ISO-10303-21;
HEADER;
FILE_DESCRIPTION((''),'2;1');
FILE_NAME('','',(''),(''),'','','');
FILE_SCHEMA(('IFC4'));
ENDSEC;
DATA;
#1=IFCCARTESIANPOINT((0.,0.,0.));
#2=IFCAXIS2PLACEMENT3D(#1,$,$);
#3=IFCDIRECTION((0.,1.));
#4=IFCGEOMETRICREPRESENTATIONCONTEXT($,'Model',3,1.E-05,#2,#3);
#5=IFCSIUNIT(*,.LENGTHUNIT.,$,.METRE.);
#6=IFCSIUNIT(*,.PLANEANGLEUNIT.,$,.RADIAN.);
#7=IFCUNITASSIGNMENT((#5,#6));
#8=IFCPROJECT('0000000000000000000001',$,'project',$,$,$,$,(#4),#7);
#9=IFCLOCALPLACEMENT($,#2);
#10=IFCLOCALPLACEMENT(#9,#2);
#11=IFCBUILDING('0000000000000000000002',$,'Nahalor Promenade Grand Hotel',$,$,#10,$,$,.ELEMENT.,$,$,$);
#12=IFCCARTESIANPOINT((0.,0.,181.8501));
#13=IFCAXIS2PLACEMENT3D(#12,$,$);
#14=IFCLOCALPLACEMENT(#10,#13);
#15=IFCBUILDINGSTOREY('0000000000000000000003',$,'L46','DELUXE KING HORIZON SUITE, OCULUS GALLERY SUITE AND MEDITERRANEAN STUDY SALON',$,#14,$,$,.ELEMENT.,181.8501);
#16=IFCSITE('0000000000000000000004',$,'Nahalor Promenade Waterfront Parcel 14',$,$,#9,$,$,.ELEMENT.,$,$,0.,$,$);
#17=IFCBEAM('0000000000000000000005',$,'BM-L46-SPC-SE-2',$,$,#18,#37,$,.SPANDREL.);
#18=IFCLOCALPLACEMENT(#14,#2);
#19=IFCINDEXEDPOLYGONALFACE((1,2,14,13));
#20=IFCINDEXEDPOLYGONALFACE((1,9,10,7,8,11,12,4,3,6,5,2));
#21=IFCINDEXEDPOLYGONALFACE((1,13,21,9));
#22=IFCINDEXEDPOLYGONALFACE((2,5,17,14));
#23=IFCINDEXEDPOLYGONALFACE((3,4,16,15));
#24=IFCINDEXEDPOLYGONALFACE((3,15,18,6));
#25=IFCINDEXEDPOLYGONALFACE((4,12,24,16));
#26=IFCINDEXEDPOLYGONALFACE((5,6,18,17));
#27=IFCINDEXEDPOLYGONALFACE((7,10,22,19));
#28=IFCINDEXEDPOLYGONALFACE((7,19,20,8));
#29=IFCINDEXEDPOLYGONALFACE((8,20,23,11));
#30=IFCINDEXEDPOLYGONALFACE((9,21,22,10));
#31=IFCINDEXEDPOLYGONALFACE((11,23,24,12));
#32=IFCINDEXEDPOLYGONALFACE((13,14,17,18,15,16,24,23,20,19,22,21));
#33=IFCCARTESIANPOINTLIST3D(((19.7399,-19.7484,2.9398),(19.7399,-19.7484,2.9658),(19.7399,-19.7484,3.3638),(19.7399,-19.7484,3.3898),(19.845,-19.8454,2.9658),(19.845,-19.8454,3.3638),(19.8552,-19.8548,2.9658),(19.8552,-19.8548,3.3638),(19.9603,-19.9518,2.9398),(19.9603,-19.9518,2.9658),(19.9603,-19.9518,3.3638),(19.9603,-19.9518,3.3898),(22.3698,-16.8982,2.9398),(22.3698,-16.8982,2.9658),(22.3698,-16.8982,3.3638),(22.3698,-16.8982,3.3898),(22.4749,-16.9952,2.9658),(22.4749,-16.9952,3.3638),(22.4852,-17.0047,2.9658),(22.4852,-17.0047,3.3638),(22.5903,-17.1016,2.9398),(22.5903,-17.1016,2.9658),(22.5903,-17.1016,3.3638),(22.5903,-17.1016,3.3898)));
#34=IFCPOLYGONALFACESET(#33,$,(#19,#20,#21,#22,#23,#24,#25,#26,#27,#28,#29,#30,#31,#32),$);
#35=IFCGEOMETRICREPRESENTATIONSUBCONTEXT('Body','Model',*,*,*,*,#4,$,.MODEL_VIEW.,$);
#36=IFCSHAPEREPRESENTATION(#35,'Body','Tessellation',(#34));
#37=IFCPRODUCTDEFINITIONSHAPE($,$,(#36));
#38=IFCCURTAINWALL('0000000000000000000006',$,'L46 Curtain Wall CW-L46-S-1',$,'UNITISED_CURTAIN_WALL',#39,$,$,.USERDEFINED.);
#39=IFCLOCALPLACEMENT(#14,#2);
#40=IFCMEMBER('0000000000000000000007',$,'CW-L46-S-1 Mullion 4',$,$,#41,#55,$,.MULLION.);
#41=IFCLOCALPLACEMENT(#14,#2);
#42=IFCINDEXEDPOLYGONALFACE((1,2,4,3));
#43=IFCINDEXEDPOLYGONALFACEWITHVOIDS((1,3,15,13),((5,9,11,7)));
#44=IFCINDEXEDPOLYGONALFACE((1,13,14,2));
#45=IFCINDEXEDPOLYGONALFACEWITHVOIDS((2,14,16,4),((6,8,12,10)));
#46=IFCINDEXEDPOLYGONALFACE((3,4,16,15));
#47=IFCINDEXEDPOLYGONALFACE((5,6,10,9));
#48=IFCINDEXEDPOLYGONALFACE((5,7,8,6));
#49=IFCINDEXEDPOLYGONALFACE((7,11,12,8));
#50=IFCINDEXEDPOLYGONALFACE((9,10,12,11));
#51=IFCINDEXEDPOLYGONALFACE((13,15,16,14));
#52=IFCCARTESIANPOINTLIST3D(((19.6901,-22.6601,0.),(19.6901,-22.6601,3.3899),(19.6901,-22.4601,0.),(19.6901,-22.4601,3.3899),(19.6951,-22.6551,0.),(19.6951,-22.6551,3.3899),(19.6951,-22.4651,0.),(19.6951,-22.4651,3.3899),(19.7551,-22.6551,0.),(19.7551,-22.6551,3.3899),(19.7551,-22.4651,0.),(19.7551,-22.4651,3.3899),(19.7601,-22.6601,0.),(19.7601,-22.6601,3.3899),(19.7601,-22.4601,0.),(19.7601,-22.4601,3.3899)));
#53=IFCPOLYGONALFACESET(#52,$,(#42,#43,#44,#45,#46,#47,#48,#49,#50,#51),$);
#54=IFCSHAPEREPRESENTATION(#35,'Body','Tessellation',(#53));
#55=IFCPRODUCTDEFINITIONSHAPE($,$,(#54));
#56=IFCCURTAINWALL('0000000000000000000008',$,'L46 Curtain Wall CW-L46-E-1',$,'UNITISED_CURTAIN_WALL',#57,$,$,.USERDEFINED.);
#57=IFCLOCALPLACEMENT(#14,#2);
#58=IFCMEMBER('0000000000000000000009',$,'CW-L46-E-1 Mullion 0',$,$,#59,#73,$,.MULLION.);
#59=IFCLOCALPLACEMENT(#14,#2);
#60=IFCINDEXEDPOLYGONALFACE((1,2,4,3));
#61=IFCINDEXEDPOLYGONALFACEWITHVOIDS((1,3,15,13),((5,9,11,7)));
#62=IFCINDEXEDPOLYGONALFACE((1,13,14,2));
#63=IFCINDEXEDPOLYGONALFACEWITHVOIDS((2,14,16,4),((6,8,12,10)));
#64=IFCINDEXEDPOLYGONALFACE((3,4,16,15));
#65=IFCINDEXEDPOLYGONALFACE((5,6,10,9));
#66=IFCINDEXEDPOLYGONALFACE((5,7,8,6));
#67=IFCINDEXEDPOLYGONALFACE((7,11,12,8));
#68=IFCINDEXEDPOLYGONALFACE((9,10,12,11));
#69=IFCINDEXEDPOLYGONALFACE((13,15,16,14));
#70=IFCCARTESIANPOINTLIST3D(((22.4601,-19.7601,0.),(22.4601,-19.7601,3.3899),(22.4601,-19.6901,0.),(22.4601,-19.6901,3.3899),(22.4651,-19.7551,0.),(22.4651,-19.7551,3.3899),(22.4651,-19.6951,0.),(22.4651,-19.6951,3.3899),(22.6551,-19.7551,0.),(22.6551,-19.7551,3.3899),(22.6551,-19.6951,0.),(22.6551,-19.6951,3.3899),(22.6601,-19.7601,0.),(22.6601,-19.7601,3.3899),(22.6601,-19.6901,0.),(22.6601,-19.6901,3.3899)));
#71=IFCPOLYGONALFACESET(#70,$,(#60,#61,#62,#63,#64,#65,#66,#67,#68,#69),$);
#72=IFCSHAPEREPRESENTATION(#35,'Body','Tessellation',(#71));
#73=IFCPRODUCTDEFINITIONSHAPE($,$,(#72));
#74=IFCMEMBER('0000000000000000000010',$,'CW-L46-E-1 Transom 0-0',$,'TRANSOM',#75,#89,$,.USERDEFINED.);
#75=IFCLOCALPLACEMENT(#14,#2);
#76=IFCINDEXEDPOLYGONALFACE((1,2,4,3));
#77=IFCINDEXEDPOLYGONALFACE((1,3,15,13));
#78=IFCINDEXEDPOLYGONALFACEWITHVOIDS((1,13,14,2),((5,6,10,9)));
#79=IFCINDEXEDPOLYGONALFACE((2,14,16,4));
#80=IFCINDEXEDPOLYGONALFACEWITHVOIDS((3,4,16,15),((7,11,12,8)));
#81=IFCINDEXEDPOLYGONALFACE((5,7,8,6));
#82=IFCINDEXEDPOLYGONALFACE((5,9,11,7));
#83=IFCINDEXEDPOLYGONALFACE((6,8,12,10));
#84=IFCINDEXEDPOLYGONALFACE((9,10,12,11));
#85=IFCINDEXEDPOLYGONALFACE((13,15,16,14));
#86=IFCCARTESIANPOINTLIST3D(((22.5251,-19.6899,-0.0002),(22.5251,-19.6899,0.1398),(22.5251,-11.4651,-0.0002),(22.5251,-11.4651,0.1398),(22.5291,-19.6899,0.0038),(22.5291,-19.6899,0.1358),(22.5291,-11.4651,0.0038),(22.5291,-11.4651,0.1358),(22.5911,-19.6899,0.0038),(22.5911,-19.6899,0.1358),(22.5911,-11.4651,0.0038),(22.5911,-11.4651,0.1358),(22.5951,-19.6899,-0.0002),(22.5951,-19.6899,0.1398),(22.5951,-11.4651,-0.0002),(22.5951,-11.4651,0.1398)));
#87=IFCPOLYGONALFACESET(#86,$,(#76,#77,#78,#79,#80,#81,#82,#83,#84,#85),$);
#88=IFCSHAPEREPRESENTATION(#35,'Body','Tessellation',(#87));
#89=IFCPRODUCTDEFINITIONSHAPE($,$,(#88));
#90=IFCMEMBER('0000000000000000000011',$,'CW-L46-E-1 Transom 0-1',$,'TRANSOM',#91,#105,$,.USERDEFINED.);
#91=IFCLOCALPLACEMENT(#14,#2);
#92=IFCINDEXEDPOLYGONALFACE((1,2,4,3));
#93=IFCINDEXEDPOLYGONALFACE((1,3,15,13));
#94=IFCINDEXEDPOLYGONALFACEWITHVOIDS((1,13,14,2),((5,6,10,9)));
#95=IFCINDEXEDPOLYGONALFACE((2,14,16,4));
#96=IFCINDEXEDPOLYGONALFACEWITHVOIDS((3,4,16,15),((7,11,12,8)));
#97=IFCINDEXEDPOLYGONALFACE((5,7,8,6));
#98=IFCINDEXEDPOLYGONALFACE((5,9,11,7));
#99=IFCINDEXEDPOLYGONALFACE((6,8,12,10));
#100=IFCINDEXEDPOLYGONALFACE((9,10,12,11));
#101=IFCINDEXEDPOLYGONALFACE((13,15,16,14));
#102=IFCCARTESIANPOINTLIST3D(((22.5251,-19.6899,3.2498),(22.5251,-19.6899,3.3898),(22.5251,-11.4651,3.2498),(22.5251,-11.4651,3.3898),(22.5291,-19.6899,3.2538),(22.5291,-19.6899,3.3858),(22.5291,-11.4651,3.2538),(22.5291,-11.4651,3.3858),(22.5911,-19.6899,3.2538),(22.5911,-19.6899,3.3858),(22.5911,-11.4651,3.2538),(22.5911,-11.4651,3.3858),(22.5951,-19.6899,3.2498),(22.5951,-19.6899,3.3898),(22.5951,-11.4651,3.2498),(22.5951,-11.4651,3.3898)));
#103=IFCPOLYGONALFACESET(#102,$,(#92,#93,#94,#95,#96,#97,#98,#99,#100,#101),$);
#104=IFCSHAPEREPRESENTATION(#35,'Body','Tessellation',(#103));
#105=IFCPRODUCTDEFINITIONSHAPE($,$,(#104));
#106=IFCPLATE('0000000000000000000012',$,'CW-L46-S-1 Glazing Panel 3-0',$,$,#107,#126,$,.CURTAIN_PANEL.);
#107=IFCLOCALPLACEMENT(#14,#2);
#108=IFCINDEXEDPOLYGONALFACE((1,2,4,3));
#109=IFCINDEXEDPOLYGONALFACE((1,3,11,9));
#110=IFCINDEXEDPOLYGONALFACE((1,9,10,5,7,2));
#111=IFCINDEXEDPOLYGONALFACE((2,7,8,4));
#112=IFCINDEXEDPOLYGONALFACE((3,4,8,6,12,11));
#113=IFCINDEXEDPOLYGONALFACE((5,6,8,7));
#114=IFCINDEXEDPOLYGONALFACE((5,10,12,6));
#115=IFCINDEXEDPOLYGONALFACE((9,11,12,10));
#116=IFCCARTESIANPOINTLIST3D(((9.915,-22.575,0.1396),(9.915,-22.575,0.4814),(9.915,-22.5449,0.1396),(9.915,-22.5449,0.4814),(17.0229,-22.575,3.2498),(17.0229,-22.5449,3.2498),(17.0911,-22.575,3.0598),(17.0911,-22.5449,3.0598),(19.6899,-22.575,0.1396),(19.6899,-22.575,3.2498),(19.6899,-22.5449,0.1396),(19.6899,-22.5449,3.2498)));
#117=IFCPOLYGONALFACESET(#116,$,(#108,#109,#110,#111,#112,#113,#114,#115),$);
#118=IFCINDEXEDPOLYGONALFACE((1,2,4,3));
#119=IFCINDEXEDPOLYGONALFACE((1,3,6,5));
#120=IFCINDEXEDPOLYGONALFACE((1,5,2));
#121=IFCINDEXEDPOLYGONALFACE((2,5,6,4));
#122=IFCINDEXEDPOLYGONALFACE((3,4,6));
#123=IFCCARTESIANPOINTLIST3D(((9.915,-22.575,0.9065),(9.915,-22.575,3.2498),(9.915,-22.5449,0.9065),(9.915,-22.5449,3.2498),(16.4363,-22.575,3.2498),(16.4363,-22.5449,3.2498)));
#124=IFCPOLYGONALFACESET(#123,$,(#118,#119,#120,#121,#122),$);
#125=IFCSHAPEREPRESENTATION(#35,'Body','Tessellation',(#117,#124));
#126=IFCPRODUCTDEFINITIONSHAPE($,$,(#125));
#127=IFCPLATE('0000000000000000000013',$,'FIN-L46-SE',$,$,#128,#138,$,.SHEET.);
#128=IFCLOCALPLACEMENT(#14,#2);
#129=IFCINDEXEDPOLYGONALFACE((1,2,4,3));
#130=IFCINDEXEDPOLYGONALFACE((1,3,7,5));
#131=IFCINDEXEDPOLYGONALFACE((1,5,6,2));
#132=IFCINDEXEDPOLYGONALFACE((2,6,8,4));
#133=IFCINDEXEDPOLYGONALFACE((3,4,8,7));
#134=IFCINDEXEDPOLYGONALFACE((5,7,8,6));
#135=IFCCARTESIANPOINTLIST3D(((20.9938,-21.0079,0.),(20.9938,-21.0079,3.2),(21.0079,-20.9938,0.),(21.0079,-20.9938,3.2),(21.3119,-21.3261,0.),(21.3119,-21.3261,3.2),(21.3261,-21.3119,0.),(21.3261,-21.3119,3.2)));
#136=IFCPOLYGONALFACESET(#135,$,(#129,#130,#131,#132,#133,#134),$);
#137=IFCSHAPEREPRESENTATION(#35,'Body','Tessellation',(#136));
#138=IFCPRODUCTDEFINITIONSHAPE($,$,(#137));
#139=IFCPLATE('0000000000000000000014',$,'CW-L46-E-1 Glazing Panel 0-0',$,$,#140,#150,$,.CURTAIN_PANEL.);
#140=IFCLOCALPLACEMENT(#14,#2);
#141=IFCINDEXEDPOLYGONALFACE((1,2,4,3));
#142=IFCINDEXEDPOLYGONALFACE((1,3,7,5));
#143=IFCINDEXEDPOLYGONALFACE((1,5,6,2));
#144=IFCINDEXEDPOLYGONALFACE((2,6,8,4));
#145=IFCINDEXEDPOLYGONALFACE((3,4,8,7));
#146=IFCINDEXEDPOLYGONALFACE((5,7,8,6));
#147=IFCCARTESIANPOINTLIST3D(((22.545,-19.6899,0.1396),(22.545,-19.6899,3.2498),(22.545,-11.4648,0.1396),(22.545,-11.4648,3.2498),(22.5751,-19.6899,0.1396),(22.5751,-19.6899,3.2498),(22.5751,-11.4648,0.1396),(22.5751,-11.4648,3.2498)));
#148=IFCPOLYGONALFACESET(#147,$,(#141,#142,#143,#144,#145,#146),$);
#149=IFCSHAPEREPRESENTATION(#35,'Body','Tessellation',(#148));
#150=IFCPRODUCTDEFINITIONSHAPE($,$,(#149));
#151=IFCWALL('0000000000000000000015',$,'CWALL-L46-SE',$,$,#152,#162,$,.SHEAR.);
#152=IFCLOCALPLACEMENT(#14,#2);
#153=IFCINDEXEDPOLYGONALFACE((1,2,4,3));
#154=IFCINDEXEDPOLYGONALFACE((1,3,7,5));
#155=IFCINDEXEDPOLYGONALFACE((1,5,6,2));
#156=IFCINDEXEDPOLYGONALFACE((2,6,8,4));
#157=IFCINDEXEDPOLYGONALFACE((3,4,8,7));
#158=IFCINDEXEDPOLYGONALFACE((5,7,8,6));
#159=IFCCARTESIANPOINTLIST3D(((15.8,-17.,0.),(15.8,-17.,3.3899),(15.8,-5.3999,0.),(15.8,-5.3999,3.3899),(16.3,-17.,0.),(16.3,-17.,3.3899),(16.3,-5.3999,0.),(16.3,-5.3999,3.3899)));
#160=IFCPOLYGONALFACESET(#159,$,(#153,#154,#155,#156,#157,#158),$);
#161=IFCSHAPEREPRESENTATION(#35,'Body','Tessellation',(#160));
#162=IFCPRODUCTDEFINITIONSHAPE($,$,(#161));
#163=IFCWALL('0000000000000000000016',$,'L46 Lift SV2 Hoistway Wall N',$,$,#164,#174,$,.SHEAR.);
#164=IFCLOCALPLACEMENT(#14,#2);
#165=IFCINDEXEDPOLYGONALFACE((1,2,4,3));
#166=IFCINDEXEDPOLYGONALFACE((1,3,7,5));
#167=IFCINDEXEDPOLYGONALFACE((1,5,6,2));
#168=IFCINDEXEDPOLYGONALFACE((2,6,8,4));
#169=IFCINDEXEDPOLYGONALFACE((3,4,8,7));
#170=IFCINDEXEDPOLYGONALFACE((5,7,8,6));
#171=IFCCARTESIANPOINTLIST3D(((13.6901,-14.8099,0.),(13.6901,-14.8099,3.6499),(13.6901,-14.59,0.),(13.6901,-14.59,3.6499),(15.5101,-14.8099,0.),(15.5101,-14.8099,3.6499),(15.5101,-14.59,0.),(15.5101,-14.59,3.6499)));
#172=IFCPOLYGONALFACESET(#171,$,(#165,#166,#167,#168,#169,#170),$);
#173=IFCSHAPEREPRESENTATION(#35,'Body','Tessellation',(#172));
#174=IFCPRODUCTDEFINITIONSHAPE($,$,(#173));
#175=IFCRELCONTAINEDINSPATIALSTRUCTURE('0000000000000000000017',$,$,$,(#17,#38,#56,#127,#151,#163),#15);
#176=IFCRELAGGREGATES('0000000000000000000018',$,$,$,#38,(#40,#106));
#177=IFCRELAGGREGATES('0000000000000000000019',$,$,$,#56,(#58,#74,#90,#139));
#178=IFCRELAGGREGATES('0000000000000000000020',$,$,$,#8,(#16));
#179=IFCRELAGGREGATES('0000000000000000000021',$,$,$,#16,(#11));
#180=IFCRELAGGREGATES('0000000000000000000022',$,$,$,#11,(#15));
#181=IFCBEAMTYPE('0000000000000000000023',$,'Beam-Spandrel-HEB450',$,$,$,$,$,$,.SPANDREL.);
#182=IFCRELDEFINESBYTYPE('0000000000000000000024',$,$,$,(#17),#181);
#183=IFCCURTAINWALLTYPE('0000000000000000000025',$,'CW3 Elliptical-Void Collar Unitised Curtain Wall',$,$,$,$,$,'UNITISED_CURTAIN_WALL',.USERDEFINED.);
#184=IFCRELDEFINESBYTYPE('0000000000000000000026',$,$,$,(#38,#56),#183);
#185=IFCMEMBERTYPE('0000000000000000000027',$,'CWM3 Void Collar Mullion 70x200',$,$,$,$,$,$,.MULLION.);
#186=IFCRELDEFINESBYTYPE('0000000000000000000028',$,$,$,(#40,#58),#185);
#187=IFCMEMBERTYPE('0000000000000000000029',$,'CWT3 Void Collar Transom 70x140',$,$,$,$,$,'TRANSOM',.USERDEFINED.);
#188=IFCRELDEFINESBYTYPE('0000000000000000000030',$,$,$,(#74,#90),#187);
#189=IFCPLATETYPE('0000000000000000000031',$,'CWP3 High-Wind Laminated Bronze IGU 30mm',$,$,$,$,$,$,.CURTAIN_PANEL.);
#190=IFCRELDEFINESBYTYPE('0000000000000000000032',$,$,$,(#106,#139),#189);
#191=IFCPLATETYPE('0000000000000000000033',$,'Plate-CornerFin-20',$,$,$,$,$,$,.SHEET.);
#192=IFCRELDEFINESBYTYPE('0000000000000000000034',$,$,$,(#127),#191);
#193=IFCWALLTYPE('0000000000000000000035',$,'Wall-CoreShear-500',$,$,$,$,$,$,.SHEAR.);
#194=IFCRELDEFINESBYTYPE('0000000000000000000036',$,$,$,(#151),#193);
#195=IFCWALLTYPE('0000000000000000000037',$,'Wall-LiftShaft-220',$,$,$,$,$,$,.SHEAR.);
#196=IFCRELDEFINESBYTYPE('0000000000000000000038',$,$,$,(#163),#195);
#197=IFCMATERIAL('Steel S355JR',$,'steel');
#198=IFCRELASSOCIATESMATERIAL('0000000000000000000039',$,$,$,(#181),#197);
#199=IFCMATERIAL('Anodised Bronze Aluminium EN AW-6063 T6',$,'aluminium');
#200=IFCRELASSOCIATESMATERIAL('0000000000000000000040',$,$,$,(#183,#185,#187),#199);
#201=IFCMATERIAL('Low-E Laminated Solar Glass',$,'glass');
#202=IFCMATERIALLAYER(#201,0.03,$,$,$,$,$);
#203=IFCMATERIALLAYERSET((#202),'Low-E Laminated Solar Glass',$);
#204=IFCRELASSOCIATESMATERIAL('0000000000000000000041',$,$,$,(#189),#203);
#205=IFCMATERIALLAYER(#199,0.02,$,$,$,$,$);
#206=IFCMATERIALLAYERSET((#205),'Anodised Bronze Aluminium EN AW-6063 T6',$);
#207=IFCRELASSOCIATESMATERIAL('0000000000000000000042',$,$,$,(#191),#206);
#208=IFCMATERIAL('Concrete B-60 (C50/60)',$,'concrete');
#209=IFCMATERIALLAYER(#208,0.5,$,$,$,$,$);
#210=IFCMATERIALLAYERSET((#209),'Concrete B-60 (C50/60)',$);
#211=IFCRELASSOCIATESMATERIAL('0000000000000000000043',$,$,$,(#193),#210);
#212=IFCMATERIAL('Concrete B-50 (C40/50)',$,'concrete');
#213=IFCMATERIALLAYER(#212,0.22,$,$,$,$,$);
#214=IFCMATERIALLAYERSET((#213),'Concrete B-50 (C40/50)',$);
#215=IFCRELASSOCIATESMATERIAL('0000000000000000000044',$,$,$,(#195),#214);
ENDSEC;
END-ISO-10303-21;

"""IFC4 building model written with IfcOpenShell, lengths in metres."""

from ifc_helpers import new_model, si_unit, direction, frame, frame_2d, origin, origin_2d, place, context, subcontext, project, spatial, polyline, rectangle, hollow_rectangle, i_section, outline, extrude, source, transform, mapped, material, layer, layer_set, material_profile, profile_set, type_object, element, aggregate, save


model = new_model("IFC4")

# Units and contexts
model_context = context("Model", 3, precision=1e-05, world=origin(), true_north=direction((0.0, 1.0)))
body_context = subcontext(model_context, "Body", "Model", "MODEL_VIEW")
ifc_project = project(units=[si_unit("LENGTHUNIT", "METRE"), si_unit("PLANEANGLEUNIT", "RADIAN")], contexts=[model_context])

# Site, building, storey
site_placement = place(None, origin())
site = spatial("IfcSite", under=ifc_project, at=site_placement, Name="Nahalor Promenade Waterfront Parcel 14", CompositionType="ELEMENT", RefElevation=0.0)
building_placement = place(site_placement, origin())
building = spatial("IfcBuilding", under=site, at=building_placement, Name="Nahalor Promenade Grand Hotel", CompositionType="ELEMENT")
storey_placement = place(building_placement, frame((0.0, 0.0, 181.8501)))
storey = spatial("IfcBuildingStorey", under=building, at=storey_placement, Name="L46", Description="DELUXE KING HORIZON SUITE, OCULUS GALLERY SUITE AND MEDITERRANEAN STUDY SALON", CompositionType="ELEMENT", Elevation=181.8501)

# Shared definitions
ifc_material_1 = material(Name="Concrete B-60 (C50/60)", Category="concrete")

# Beam
ifc_material_2 = material(Name="Steel S355JR", Category="steel")
ifc_material_profile_1 = material_profile(ifc_material_2, i_section(OverallWidth=0.3, OverallDepth=0.45, WebThickness=0.014, FlangeThickness=0.026, at=origin_2d()), Name="HEB 450")
ifc_profile_set_1 = profile_set([ifc_material_profile_1], Name="Steel S355JR")
beam_type_1 = type_object("IfcBeamType", Name="Beam-Spandrel-HEB450", PredefinedType="SPANDREL", material=ifc_profile_set_1)
shared_shape_1 = source(origin(), body_context, "Body", "SweptSolid", [
    extrude(i_section(OverallWidth=0.3, OverallDepth=0.45, WebThickness=0.014, FlangeThickness=0.026, at=origin_2d()), origin(), (0.0, 0.0, 1.0), 3.8782),
])
for number, where, z_axis, x_axis, name in (
    (1, (19.8501, -19.8501, 3.1648), (0.678144, 0.734929, 0.0), (-0.734929, 0.678144, 0.0), "BM-L46-SPC-SE-2"),
):
    element("IfcBeam", number, at=place(storey_placement, frame(where, z_axis=z_axis, x_axis=x_axis)), inside=storey, type_object=beam_type_1, Name=name, PredefinedType="SPANDREL", context=body_context, shape_type="MappedRepresentation", body=[
        mapped(shared_shape_1, transform((0.0, 0.0, 0.0), scale=1.0)),
    ])

# Curtain wall, member
ifc_material_3 = material(Name="Anodised Bronze Aluminium EN AW-6063 T6", Category="aluminium")
curtain_wall_type = type_object("IfcCurtainWallType", Name="CW3 Elliptical-Void Collar Unitised Curtain Wall", ElementType="UNITISED_CURTAIN_WALL", PredefinedType="USERDEFINED", material=ifc_material_3)
curtain_wall_1_placement = place(storey_placement, origin())
curtain_wall_1 = element("IfcCurtainWall", 2, at=curtain_wall_1_placement, inside=storey, type_object=curtain_wall_type, Name="L46 Curtain Wall CW-L46-S-1", ObjectType="UNITISED_CURTAIN_WALL", PredefinedType="USERDEFINED")
ifc_material_profile_2 = material_profile(ifc_material_3, hollow_rectangle(XDim=0.07, YDim=0.2, WallThickness=0.005, at=origin_2d()), Name="CWM 70x200x5")
ifc_profile_set_2 = profile_set([ifc_material_profile_2], Name="Anodised Bronze Aluminium EN AW-6063 T6")
member_type_1 = type_object("IfcMemberType", Name="CWM3 Void Collar Mullion 70x200", PredefinedType="MULLION", material=ifc_profile_set_2)
shared_shape_2 = source(origin(), body_context, "Body", "SweptSolid", [
    extrude(hollow_rectangle(XDim=0.07, YDim=0.2, WallThickness=0.005, at=origin_2d()), origin(), (0.0, 0.0, 1.0), 3.3899),
])
member_1_placement = place(storey_placement, frame((19.7251, -22.5601, 0.0), z_axis=(0.0, 0.0, 1.0), x_axis=(1.0, 0.0, 0.0)))
member_1 = element("IfcMember", 3, at=member_1_placement, type_object=member_type_1, Name="CW-L46-S-1 Mullion 4", PredefinedType="MULLION", context=body_context, shape_type="MappedRepresentation", body=[
    mapped(shared_shape_2, transform((0.0, 0.0, 0.0), scale=1.0)),
])

# Curtain wall, members
curtain_wall_2_placement = place(storey_placement, origin())
curtain_wall_2 = element("IfcCurtainWall", 4, at=curtain_wall_2_placement, inside=storey, type_object=curtain_wall_type, Name="L46 Curtain Wall CW-L46-E-1", ObjectType="UNITISED_CURTAIN_WALL", PredefinedType="USERDEFINED")
member_2_placement = place(storey_placement, frame((22.5601, -19.7251, 0.0), z_axis=(0.0, 0.0, 1.0), x_axis=(0.0, 1.0, 0.0)))
member_2 = element("IfcMember", 5, at=member_2_placement, type_object=member_type_1, Name="CW-L46-E-1 Mullion 0", PredefinedType="MULLION", context=body_context, shape_type="MappedRepresentation", body=[
    mapped(shared_shape_2, transform((0.0, 0.0, 0.0), scale=1.0)),
])
ifc_material_profile_3 = material_profile(ifc_material_3, hollow_rectangle(XDim=0.07, YDim=0.14, WallThickness=0.004, at=origin_2d()), Name="CWT 70x140x4")
ifc_profile_set_3 = profile_set([ifc_material_profile_3], Name="Anodised Bronze Aluminium EN AW-6063 T6")
member_type_2 = type_object("IfcMemberType", Name="CWT3 Void Collar Transom 70x140", ElementType="TRANSOM", PredefinedType="USERDEFINED", material=ifc_profile_set_3)
shared_shape_3 = source(origin(), body_context, "Body", "SweptSolid", [
    extrude(hollow_rectangle(XDim=0.07, YDim=0.14, WallThickness=0.004, at=origin_2d()), origin(), (0.0, 0.0, 1.0), 8.2249),
])
member_3_placement = place(storey_placement, frame((22.5601, -19.6899, 0.0698), z_axis=(0.0, 1.0, 0.0), x_axis=(-1.0, 0.0, 0.0)))
member_3 = element("IfcMember", 6, at=member_3_placement, type_object=member_type_2, Name="CW-L46-E-1 Transom 0-0", ObjectType="TRANSOM", PredefinedType="USERDEFINED", context=body_context, shape_type="MappedRepresentation", body=[
    mapped(shared_shape_3, transform((0.0, 0.0, 0.0), scale=1.0)),
])
member_4_placement = place(storey_placement, frame((22.5601, -19.6899, 3.3198), z_axis=(0.0, 1.0, 0.0), x_axis=(-1.0, 0.0, 0.0)))
member_4 = element("IfcMember", 7, at=member_4_placement, type_object=member_type_2, Name="CW-L46-E-1 Transom 0-1", ObjectType="TRANSOM", PredefinedType="USERDEFINED", context=body_context, shape_type="MappedRepresentation", body=[
    mapped(shared_shape_3, transform((0.0, 0.0, 0.0), scale=1.0)),
])

# Plates
ifc_material_4 = material(Name="Low-E Laminated Solar Glass", Category="glass")
ifc_layer_1 = layer(ifc_material_4, 0.03)
ifc_layer_set_1 = layer_set([ifc_layer_1], Name="Low-E Laminated Solar Glass")
plate_type_1 = type_object("IfcPlateType", Name="CWP3 High-Wind Laminated Bronze IGU 30mm", PredefinedType="CURTAIN_PANEL", material=ifc_layer_set_1)
plate_1_placement = place(storey_placement, frame((14.8025, -22.5601, 0.1396), z_axis=(0.0, 0.0, 1.0), x_axis=(1.0, 0.0, 0.0)))
plate_1 = element("IfcPlate", 8, at=plate_1_placement, type_object=plate_type_1, Name="CW-L46-S-1 Glazing Panel 3-0", PredefinedType="CURTAIN_PANEL", context=body_context, shape_type="SweptSolid", body=[
    extrude(outline(polyline([(4.8875, 0.0), (4.8875, 3.1101), (2.2205, 3.1101), (2.2886, 2.9202), (-4.8875, 0.3418), (-4.8875, 0.0), (4.8875, 0.0)])), frame((0.0, 0.0151, 0.0), z_axis=(0.0, -1.0, 0.0), x_axis=(1.0, 0.0, 0.0)), (0.0, 0.0, 1.0), 0.03),
    extrude(outline(polyline([(1.6338, 3.1101), (-4.8875, 3.1101), (-4.8875, 0.7668), (1.6338, 3.1101)])), frame((0.0, 0.0151, 0.0), z_axis=(0.0, -1.0, 0.0), x_axis=(1.0, 0.0, 0.0)), (0.0, 0.0, 1.0), 0.03),
])
aggregate(curtain_wall_1, [member_1, plate_1])
ifc_layer_2 = layer(ifc_material_3, 0.02)
ifc_layer_set_2 = layer_set([ifc_layer_2], Name="Anodised Bronze Aluminium EN AW-6063 T6")
plate_type_2 = type_object("IfcPlateType", Name="Plate-CornerFin-20", PredefinedType="SHEET", material=ifc_layer_set_2)
shared_shape_4 = source(origin(), body_context, "Body", "SweptSolid", [
    extrude(rectangle(XDim=0.45, YDim=0.02, at=origin_2d()), origin(), (0.0, 0.0, 1.0), 3.2),
])
plate_2_placement = place(storey_placement, frame((21.1599, -21.1599, 0.0), z_axis=(0.0, 0.0, 1.0), x_axis=(-0.707107, 0.707107, 0.0)))
element("IfcPlate", 9, at=plate_2_placement, inside=storey, type_object=plate_type_2, Name="FIN-L46-SE", PredefinedType="SHEET", context=body_context, shape_type="MappedRepresentation", body=[
    mapped(shared_shape_4, transform((0.0, 0.0, 0.0), scale=1.0)),
])
shared_shape_5 = source(origin(), body_context, "Body", "SweptSolid", [
    extrude(rectangle(XDim=8.2251, YDim=0.03, at=origin_2d()), origin(), (0.0, 0.0, 1.0), 3.1101),
])
plate_3_placement = place(storey_placement, frame((22.5601, -15.5774, 0.1396), z_axis=(0.0, 0.0, 1.0), x_axis=(0.0, 1.0, 0.0)))
plate_3 = element("IfcPlate", 10, at=plate_3_placement, type_object=plate_type_1, Name="CW-L46-E-1 Glazing Panel 0-0", PredefinedType="CURTAIN_PANEL", context=body_context, shape_type="MappedRepresentation", body=[
    mapped(shared_shape_5, transform((0.0, 0.0, 0.0), scale=1.0)),
])
aggregate(curtain_wall_2, [member_2, member_3, member_4, plate_3])

# Walls
ifc_layer_3 = layer(ifc_material_1, 0.5)
ifc_layer_set_3 = layer_set([ifc_layer_3], Name="Concrete B-60 (C50/60)")
wall_type_1 = type_object("IfcWallType", Name="Wall-CoreShear-500", PredefinedType="SHEAR", material=ifc_layer_set_3)
shared_shape_6 = source(origin(), body_context, "Body", "SweptSolid", [
    extrude(rectangle(XDim=11.6001, YDim=0.5, at=frame_2d((5.8, 0.0))), origin(), (0.0, 0.0, 1.0), 3.3899),
])
wall_1_placement = place(storey_placement, frame((16.05, -17.0, 0.0), z_axis=(0.0, 0.0, 1.0), x_axis=(0.0, 1.0, 0.0)))
element("IfcWall", 11, at=wall_1_placement, inside=storey, type_object=wall_type_1, Name="CWALL-L46-SE", PredefinedType="SHEAR", context=body_context, shape_type="MappedRepresentation", body=[
    mapped(shared_shape_6, transform((0.0, 0.0, 0.0), scale=1.0)),
])
ifc_material_5 = material(Name="Concrete B-50 (C40/50)", Category="concrete")
ifc_layer_4 = layer(ifc_material_5, 0.22)
ifc_layer_set_4 = layer_set([ifc_layer_4], Name="Concrete B-50 (C40/50)")
wall_type_2 = type_object("IfcWallType", Name="Wall-LiftShaft-220", PredefinedType="SHEAR", material=ifc_layer_set_4)
shared_shape_7 = source(origin(), body_context, "Body", "SweptSolid", [
    extrude(rectangle(XDim=1.8201, YDim=0.22, at=frame_2d((0.9102, 0.0))), origin(), (0.0, 0.0, 1.0), 3.6499),
])
wall_2_placement = place(storey_placement, frame((13.6899, -14.7, 0.0), z_axis=(0.0, 0.0, 1.0), x_axis=(1.0, 0.0, 0.0)))
element("IfcWall", 12, at=wall_2_placement, inside=storey, type_object=wall_type_2, Name="L46 Lift SV2 Hoistway Wall N", PredefinedType="SHEAR", context=body_context, shape_type="MappedRepresentation", body=[
    mapped(shared_shape_7, transform((0.0, 0.0, 0.0), scale=1.0)),
])

save(model, "model.ifc")
